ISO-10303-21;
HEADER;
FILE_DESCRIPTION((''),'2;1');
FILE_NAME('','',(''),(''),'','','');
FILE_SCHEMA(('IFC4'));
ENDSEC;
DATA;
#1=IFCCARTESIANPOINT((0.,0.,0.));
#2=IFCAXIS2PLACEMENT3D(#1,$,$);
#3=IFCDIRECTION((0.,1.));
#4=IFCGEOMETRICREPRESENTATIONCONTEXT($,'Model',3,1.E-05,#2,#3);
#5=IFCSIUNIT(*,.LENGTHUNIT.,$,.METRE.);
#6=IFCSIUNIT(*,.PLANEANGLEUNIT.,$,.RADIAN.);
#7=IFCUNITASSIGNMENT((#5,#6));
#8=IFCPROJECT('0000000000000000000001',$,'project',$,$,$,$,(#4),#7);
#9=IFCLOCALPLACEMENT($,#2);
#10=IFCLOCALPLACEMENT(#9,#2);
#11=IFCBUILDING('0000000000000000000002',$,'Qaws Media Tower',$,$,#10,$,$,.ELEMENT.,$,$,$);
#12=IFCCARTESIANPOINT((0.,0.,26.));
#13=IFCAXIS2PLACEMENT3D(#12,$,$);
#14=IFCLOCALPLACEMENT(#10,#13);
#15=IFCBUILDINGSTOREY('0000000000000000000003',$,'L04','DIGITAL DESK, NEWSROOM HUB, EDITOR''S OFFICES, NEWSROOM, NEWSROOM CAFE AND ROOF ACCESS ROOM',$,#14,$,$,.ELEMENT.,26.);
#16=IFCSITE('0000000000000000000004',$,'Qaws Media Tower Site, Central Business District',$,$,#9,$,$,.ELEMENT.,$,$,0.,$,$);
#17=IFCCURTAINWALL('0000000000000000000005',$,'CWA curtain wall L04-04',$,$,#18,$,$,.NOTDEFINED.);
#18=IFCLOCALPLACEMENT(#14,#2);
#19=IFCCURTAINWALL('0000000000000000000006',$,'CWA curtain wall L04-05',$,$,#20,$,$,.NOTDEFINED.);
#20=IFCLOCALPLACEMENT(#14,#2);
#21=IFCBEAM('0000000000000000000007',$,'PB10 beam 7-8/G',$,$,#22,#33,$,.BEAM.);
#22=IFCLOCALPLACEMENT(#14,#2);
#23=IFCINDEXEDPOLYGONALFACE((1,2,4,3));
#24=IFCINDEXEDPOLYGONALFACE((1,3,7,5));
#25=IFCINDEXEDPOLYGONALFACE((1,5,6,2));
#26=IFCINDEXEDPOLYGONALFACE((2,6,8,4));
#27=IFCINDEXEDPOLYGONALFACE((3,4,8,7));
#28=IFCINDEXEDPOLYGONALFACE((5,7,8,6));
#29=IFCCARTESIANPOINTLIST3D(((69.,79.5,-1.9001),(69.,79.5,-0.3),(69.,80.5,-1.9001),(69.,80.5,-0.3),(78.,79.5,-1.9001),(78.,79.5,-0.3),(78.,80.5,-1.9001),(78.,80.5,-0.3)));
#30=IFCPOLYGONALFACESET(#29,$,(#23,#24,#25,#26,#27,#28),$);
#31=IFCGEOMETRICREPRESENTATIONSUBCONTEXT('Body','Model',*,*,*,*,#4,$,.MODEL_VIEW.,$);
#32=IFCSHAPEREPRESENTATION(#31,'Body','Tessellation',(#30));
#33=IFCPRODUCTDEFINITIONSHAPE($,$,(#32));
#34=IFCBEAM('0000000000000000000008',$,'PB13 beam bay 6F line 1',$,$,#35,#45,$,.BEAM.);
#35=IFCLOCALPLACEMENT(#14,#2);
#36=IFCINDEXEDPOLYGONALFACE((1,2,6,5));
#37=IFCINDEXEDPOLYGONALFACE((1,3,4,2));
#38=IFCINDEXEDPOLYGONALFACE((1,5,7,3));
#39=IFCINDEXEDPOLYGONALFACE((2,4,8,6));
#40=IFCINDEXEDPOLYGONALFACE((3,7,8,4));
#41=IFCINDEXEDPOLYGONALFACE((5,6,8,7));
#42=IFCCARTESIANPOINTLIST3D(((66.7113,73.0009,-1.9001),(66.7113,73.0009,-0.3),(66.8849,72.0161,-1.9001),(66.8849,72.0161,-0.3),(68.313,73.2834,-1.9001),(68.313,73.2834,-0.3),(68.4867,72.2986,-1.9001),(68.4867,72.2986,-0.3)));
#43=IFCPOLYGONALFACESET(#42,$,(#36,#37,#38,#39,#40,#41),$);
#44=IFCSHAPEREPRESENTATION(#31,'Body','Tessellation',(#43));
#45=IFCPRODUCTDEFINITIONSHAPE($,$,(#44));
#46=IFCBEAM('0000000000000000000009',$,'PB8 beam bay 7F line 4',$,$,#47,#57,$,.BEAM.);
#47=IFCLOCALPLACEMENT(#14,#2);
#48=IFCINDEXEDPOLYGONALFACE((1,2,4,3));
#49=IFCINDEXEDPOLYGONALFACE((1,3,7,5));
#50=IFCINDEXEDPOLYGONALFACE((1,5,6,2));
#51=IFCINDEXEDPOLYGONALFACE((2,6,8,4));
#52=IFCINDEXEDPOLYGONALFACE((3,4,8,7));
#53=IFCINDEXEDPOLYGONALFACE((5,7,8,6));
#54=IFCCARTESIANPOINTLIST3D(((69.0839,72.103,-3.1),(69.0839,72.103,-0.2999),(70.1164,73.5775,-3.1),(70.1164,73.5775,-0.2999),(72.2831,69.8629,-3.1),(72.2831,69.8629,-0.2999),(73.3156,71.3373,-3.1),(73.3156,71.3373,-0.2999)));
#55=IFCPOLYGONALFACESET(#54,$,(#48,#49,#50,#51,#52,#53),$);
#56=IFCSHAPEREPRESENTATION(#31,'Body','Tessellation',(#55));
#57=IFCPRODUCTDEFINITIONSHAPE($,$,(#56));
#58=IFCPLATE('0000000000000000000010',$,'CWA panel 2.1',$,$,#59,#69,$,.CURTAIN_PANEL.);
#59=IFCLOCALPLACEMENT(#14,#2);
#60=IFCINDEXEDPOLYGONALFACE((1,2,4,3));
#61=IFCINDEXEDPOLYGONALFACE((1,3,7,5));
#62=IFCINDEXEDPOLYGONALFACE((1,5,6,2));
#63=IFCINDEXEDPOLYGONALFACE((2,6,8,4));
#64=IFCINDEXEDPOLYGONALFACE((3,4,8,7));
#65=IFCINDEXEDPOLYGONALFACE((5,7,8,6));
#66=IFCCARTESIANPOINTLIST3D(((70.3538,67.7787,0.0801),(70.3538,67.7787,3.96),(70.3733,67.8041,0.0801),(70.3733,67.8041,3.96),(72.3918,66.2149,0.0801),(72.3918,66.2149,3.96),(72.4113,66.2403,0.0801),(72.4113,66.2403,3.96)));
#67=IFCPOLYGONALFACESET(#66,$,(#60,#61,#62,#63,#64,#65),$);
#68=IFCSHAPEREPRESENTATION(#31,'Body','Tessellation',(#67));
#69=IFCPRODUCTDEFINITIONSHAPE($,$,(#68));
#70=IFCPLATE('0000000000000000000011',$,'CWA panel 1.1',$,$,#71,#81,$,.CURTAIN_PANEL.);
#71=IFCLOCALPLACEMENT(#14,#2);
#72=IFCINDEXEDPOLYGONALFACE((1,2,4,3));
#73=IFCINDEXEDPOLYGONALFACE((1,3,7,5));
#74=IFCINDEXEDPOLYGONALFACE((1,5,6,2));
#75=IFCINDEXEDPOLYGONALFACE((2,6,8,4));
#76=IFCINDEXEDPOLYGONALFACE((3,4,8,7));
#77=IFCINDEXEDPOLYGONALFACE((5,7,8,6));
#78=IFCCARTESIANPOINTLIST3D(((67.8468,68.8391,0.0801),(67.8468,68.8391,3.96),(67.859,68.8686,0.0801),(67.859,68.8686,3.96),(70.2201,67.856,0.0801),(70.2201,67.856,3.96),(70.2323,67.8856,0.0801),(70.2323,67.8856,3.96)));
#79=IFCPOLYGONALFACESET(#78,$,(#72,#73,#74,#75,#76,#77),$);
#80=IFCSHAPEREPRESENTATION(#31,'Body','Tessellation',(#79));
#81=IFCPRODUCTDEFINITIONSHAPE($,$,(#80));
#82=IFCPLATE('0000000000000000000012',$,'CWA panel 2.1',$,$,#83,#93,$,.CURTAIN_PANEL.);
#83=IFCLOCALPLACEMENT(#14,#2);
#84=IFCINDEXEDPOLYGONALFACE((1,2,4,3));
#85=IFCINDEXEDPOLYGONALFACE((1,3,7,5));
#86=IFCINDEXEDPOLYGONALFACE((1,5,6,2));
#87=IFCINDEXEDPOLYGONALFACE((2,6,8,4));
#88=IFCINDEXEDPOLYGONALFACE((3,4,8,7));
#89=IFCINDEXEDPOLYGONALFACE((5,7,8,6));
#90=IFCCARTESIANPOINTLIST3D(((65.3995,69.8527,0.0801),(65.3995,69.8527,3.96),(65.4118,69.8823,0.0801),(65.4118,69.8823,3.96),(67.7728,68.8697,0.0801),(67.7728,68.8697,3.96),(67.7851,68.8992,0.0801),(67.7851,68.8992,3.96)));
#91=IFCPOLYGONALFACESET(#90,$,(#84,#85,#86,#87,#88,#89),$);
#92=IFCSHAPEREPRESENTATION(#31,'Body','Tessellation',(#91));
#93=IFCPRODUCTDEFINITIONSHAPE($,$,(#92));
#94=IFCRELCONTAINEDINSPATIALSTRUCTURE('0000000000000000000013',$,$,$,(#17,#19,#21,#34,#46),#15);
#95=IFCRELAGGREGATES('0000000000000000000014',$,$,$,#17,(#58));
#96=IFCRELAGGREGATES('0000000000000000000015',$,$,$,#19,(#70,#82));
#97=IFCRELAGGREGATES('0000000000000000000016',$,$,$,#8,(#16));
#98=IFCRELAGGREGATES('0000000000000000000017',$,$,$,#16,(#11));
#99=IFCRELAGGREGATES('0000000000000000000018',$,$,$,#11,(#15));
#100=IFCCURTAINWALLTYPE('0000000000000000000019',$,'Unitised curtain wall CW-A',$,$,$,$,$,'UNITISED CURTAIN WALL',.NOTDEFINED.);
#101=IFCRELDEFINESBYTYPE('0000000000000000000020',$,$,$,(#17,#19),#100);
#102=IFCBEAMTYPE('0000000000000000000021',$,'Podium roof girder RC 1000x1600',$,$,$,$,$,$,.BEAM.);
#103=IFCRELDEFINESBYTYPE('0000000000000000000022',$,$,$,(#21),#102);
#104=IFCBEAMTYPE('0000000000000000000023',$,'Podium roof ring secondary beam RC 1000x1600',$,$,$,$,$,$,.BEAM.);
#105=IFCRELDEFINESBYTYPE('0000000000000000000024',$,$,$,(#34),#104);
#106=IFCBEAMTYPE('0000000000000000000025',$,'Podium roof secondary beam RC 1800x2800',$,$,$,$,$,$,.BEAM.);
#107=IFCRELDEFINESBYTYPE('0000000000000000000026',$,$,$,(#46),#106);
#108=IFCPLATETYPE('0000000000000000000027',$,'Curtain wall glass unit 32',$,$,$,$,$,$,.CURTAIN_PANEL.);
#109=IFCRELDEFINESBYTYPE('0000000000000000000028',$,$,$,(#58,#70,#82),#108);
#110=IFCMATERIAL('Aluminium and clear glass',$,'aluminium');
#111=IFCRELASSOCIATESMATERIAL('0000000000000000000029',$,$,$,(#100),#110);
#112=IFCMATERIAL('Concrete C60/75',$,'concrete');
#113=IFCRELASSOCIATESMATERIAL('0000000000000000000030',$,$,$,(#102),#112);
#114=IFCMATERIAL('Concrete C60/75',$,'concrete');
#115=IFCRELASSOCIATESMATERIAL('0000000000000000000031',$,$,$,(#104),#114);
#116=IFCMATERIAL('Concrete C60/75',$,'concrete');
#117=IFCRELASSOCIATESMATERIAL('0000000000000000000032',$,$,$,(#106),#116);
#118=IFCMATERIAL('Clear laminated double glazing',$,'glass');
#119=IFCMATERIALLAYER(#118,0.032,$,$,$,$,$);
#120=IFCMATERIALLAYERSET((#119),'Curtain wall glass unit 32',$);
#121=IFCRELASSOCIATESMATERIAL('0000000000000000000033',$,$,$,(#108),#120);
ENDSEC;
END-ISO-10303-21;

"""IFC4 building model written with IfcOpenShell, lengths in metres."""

from ifc_helpers import new_model, si_unit, direction, frame, origin, origin_2d, place, context, subcontext, project, spatial, rectangle, extrude, material, layer, layer_set, material_profile, profile_set, type_object, element, aggregate, save


model = new_model("IFC4")

# Units and contexts
model_context = context("Model", 3, precision=1e-05, world=origin(), true_north=direction((0.0, 1.0)))
body_context = subcontext(model_context, "Body", "Model", "MODEL_VIEW")
ifc_project = project(units=[si_unit("LENGTHUNIT", "METRE"), si_unit("PLANEANGLEUNIT", "RADIAN")], contexts=[model_context])

# Site, building, storey
site_placement = place(None, origin())
site = spatial("IfcSite", under=ifc_project, at=site_placement, Name="Qaws Media Tower Site, Central Business District", CompositionType="ELEMENT", RefElevation=0.0)
building_placement = place(site_placement, origin())
building = spatial("IfcBuilding", under=site, at=building_placement, Name="Qaws Media Tower", CompositionType="ELEMENT")
storey_placement = place(building_placement, frame((0.0, 0.0, 26.0)))
storey = spatial("IfcBuildingStorey", under=building, at=storey_placement, Name="L04", Description="DIGITAL DESK, NEWSROOM HUB, EDITOR'S OFFICES, NEWSROOM, NEWSROOM CAFE AND ROOF ACCESS ROOM", CompositionType="ELEMENT", Elevation=26.0)

# Curtain wall
ifc_material_1 = material(Name="Aluminium and clear glass", Category="aluminium")
curtain_wall_type = type_object("IfcCurtainWallType", Name="Unitised curtain wall CW-A", ElementType="UNITISED CURTAIN WALL", PredefinedType="NOTDEFINED", material=ifc_material_1)
curtain_wall_1_placement = place(storey_placement, origin())
curtain_wall_1 = element("IfcCurtainWall", 1, at=curtain_wall_1_placement, inside=storey, type_object=curtain_wall_type, Name="CWA curtain wall L04-04", PredefinedType="NOTDEFINED")

# Curtain wall
curtain_wall_2_placement = place(storey_placement, origin())
curtain_wall_2 = element("IfcCurtainWall", 2, at=curtain_wall_2_placement, inside=storey, type_object=curtain_wall_type, Name="CWA curtain wall L04-05", PredefinedType="NOTDEFINED")

# Beams
ifc_material_2 = material(Name="Concrete C60/75", Category="concrete")
ifc_material_profile_1 = material_profile(ifc_material_2, rectangle(XDim=1.0, YDim=1.6001, at=origin_2d()), Name="RC 1000x1600")
ifc_profile_set_1 = profile_set([ifc_material_profile_1], Name="Concrete C60/75")
beam_type_1 = type_object("IfcBeamType", Name="Podium roof girder RC 1000x1600", PredefinedType="BEAM", material=ifc_profile_set_1)
beam_1_placement = place(storey_placement, frame((69.0, 80.0, -1.1001), z_axis=(1.0, 0.0, 0.0), x_axis=(0.0, 1.0, 0.0)))
element("IfcBeam", 3, at=beam_1_placement, inside=storey, type_object=beam_type_1, Name="PB10 beam 7-8/G", PredefinedType="BEAM", context=body_context, shape_type="SweptSolid", body=[
    extrude(rectangle(XDim=1.0, YDim=1.6001, at=origin_2d()), origin(), (0.0, 0.0, 1.0), 9.0),
])
ifc_material_3 = material(Name="Concrete C60/75", Category="concrete")
ifc_material_profile_2 = material_profile(ifc_material_3, rectangle(XDim=1.0, YDim=1.6001, at=origin_2d()), Name="RC 1000x1600")
ifc_profile_set_2 = profile_set([ifc_material_profile_2], Name="Concrete C60/75")
beam_type_2 = type_object("IfcBeamType", Name="Podium roof ring secondary beam RC 1000x1600", PredefinedType="BEAM", material=ifc_profile_set_2)
beam_2_placement = place(storey_placement, frame((66.7981, 72.5085, -1.1001), z_axis=(0.984805, 0.173665, 0.0), x_axis=(-0.173665, 0.984805, 0.0)))
element("IfcBeam", 4, at=beam_2_placement, inside=storey, type_object=beam_type_2, Name="PB13 beam bay 6F line 1", PredefinedType="BEAM", context=body_context, shape_type="SweptSolid", body=[
    extrude(rectangle(XDim=1.0, YDim=1.6001, at=origin_2d()), origin(), (0.0, 0.0, 1.0), 1.6265),
])
ifc_material_4 = material(Name="Concrete C60/75", Category="concrete")
ifc_material_profile_3 = material_profile(ifc_material_4, rectangle(XDim=1.8, YDim=2.8, at=origin_2d()), Name="RC 1800x2800")
ifc_profile_set_3 = profile_set([ifc_material_profile_3], Name="Concrete C60/75")
beam_type_3 = type_object("IfcBeamType", Name="Podium roof secondary beam RC 1800x2800", PredefinedType="BEAM", material=ifc_profile_set_3)
beam_3_placement = place(storey_placement, frame((72.7993, 70.6001, -1.7), z_axis=(-0.819138, 0.573597, 0.0), x_axis=(-0.573597, -0.819138, 0.0)))
element("IfcBeam", 5, at=beam_3_placement, inside=storey, type_object=beam_type_3, Name="PB8 beam bay 7F line 4", PredefinedType="BEAM", context=body_context, shape_type="SweptSolid", body=[
    extrude(rectangle(XDim=1.8, YDim=2.8, at=origin_2d()), origin(), (0.0, 0.0, 1.0), 3.9055),
])

# Plates
ifc_material_5 = material(Name="Clear laminated double glazing", Category="glass")
ifc_layer = layer(ifc_material_5, 0.032)
ifc_layer_set = layer_set([ifc_layer], Name="Curtain wall glass unit 32")
plate_type = type_object("IfcPlateType", Name="Curtain wall glass unit 32", PredefinedType="CURTAIN_PANEL", material=ifc_layer_set)
plate_1_placement = place(storey_placement, frame((71.3826, 67.0095, 0.0801), z_axis=(0.0, 0.0, 1.0), x_axis=(-0.793353, 0.608761, 0.0)))
plate_1 = element("IfcPlate", 6, at=plate_1_placement, type_object=plate_type, Name="CWA panel 2.1", PredefinedType="CURTAIN_PANEL", context=body_context, shape_type="SweptSolid", body=[
    extrude(rectangle(XDim=2.5688, YDim=0.032, at=origin_2d()), origin(), (0.0, 0.0, 1.0), 3.8799),
])
aggregate(curtain_wall_1, [plate_1])
plate_2_placement = place(storey_placement, frame((69.0396, 68.3623, 0.0801), z_axis=(0.0, 0.0, 1.0), x_axis=(-0.92388, 0.382683, 0.0)))
plate_2 = element("IfcPlate", 7, at=plate_2_placement, type_object=plate_type, Name="CWA panel 1.1", PredefinedType="CURTAIN_PANEL", context=body_context, shape_type="SweptSolid", body=[
    extrude(rectangle(XDim=2.5688, YDim=0.032, at=origin_2d()), origin(), (0.0, 0.0, 1.0), 3.8799),
])
plate_3_placement = place(storey_placement, frame((66.5923, 69.376, 0.0801), z_axis=(0.0, 0.0, 1.0), x_axis=(-0.92388, 0.382683, 0.0)))
plate_3 = element("IfcPlate", 8, at=plate_3_placement, type_object=plate_type, Name="CWA panel 2.1", PredefinedType="CURTAIN_PANEL", context=body_context, shape_type="SweptSolid", body=[
    extrude(rectangle(XDim=2.5688, YDim=0.032, at=origin_2d()), origin(), (0.0, 0.0, 1.0), 3.8799),
])
aggregate(curtain_wall_2, [plate_2, plate_3])

save(model, "model.ifc")
